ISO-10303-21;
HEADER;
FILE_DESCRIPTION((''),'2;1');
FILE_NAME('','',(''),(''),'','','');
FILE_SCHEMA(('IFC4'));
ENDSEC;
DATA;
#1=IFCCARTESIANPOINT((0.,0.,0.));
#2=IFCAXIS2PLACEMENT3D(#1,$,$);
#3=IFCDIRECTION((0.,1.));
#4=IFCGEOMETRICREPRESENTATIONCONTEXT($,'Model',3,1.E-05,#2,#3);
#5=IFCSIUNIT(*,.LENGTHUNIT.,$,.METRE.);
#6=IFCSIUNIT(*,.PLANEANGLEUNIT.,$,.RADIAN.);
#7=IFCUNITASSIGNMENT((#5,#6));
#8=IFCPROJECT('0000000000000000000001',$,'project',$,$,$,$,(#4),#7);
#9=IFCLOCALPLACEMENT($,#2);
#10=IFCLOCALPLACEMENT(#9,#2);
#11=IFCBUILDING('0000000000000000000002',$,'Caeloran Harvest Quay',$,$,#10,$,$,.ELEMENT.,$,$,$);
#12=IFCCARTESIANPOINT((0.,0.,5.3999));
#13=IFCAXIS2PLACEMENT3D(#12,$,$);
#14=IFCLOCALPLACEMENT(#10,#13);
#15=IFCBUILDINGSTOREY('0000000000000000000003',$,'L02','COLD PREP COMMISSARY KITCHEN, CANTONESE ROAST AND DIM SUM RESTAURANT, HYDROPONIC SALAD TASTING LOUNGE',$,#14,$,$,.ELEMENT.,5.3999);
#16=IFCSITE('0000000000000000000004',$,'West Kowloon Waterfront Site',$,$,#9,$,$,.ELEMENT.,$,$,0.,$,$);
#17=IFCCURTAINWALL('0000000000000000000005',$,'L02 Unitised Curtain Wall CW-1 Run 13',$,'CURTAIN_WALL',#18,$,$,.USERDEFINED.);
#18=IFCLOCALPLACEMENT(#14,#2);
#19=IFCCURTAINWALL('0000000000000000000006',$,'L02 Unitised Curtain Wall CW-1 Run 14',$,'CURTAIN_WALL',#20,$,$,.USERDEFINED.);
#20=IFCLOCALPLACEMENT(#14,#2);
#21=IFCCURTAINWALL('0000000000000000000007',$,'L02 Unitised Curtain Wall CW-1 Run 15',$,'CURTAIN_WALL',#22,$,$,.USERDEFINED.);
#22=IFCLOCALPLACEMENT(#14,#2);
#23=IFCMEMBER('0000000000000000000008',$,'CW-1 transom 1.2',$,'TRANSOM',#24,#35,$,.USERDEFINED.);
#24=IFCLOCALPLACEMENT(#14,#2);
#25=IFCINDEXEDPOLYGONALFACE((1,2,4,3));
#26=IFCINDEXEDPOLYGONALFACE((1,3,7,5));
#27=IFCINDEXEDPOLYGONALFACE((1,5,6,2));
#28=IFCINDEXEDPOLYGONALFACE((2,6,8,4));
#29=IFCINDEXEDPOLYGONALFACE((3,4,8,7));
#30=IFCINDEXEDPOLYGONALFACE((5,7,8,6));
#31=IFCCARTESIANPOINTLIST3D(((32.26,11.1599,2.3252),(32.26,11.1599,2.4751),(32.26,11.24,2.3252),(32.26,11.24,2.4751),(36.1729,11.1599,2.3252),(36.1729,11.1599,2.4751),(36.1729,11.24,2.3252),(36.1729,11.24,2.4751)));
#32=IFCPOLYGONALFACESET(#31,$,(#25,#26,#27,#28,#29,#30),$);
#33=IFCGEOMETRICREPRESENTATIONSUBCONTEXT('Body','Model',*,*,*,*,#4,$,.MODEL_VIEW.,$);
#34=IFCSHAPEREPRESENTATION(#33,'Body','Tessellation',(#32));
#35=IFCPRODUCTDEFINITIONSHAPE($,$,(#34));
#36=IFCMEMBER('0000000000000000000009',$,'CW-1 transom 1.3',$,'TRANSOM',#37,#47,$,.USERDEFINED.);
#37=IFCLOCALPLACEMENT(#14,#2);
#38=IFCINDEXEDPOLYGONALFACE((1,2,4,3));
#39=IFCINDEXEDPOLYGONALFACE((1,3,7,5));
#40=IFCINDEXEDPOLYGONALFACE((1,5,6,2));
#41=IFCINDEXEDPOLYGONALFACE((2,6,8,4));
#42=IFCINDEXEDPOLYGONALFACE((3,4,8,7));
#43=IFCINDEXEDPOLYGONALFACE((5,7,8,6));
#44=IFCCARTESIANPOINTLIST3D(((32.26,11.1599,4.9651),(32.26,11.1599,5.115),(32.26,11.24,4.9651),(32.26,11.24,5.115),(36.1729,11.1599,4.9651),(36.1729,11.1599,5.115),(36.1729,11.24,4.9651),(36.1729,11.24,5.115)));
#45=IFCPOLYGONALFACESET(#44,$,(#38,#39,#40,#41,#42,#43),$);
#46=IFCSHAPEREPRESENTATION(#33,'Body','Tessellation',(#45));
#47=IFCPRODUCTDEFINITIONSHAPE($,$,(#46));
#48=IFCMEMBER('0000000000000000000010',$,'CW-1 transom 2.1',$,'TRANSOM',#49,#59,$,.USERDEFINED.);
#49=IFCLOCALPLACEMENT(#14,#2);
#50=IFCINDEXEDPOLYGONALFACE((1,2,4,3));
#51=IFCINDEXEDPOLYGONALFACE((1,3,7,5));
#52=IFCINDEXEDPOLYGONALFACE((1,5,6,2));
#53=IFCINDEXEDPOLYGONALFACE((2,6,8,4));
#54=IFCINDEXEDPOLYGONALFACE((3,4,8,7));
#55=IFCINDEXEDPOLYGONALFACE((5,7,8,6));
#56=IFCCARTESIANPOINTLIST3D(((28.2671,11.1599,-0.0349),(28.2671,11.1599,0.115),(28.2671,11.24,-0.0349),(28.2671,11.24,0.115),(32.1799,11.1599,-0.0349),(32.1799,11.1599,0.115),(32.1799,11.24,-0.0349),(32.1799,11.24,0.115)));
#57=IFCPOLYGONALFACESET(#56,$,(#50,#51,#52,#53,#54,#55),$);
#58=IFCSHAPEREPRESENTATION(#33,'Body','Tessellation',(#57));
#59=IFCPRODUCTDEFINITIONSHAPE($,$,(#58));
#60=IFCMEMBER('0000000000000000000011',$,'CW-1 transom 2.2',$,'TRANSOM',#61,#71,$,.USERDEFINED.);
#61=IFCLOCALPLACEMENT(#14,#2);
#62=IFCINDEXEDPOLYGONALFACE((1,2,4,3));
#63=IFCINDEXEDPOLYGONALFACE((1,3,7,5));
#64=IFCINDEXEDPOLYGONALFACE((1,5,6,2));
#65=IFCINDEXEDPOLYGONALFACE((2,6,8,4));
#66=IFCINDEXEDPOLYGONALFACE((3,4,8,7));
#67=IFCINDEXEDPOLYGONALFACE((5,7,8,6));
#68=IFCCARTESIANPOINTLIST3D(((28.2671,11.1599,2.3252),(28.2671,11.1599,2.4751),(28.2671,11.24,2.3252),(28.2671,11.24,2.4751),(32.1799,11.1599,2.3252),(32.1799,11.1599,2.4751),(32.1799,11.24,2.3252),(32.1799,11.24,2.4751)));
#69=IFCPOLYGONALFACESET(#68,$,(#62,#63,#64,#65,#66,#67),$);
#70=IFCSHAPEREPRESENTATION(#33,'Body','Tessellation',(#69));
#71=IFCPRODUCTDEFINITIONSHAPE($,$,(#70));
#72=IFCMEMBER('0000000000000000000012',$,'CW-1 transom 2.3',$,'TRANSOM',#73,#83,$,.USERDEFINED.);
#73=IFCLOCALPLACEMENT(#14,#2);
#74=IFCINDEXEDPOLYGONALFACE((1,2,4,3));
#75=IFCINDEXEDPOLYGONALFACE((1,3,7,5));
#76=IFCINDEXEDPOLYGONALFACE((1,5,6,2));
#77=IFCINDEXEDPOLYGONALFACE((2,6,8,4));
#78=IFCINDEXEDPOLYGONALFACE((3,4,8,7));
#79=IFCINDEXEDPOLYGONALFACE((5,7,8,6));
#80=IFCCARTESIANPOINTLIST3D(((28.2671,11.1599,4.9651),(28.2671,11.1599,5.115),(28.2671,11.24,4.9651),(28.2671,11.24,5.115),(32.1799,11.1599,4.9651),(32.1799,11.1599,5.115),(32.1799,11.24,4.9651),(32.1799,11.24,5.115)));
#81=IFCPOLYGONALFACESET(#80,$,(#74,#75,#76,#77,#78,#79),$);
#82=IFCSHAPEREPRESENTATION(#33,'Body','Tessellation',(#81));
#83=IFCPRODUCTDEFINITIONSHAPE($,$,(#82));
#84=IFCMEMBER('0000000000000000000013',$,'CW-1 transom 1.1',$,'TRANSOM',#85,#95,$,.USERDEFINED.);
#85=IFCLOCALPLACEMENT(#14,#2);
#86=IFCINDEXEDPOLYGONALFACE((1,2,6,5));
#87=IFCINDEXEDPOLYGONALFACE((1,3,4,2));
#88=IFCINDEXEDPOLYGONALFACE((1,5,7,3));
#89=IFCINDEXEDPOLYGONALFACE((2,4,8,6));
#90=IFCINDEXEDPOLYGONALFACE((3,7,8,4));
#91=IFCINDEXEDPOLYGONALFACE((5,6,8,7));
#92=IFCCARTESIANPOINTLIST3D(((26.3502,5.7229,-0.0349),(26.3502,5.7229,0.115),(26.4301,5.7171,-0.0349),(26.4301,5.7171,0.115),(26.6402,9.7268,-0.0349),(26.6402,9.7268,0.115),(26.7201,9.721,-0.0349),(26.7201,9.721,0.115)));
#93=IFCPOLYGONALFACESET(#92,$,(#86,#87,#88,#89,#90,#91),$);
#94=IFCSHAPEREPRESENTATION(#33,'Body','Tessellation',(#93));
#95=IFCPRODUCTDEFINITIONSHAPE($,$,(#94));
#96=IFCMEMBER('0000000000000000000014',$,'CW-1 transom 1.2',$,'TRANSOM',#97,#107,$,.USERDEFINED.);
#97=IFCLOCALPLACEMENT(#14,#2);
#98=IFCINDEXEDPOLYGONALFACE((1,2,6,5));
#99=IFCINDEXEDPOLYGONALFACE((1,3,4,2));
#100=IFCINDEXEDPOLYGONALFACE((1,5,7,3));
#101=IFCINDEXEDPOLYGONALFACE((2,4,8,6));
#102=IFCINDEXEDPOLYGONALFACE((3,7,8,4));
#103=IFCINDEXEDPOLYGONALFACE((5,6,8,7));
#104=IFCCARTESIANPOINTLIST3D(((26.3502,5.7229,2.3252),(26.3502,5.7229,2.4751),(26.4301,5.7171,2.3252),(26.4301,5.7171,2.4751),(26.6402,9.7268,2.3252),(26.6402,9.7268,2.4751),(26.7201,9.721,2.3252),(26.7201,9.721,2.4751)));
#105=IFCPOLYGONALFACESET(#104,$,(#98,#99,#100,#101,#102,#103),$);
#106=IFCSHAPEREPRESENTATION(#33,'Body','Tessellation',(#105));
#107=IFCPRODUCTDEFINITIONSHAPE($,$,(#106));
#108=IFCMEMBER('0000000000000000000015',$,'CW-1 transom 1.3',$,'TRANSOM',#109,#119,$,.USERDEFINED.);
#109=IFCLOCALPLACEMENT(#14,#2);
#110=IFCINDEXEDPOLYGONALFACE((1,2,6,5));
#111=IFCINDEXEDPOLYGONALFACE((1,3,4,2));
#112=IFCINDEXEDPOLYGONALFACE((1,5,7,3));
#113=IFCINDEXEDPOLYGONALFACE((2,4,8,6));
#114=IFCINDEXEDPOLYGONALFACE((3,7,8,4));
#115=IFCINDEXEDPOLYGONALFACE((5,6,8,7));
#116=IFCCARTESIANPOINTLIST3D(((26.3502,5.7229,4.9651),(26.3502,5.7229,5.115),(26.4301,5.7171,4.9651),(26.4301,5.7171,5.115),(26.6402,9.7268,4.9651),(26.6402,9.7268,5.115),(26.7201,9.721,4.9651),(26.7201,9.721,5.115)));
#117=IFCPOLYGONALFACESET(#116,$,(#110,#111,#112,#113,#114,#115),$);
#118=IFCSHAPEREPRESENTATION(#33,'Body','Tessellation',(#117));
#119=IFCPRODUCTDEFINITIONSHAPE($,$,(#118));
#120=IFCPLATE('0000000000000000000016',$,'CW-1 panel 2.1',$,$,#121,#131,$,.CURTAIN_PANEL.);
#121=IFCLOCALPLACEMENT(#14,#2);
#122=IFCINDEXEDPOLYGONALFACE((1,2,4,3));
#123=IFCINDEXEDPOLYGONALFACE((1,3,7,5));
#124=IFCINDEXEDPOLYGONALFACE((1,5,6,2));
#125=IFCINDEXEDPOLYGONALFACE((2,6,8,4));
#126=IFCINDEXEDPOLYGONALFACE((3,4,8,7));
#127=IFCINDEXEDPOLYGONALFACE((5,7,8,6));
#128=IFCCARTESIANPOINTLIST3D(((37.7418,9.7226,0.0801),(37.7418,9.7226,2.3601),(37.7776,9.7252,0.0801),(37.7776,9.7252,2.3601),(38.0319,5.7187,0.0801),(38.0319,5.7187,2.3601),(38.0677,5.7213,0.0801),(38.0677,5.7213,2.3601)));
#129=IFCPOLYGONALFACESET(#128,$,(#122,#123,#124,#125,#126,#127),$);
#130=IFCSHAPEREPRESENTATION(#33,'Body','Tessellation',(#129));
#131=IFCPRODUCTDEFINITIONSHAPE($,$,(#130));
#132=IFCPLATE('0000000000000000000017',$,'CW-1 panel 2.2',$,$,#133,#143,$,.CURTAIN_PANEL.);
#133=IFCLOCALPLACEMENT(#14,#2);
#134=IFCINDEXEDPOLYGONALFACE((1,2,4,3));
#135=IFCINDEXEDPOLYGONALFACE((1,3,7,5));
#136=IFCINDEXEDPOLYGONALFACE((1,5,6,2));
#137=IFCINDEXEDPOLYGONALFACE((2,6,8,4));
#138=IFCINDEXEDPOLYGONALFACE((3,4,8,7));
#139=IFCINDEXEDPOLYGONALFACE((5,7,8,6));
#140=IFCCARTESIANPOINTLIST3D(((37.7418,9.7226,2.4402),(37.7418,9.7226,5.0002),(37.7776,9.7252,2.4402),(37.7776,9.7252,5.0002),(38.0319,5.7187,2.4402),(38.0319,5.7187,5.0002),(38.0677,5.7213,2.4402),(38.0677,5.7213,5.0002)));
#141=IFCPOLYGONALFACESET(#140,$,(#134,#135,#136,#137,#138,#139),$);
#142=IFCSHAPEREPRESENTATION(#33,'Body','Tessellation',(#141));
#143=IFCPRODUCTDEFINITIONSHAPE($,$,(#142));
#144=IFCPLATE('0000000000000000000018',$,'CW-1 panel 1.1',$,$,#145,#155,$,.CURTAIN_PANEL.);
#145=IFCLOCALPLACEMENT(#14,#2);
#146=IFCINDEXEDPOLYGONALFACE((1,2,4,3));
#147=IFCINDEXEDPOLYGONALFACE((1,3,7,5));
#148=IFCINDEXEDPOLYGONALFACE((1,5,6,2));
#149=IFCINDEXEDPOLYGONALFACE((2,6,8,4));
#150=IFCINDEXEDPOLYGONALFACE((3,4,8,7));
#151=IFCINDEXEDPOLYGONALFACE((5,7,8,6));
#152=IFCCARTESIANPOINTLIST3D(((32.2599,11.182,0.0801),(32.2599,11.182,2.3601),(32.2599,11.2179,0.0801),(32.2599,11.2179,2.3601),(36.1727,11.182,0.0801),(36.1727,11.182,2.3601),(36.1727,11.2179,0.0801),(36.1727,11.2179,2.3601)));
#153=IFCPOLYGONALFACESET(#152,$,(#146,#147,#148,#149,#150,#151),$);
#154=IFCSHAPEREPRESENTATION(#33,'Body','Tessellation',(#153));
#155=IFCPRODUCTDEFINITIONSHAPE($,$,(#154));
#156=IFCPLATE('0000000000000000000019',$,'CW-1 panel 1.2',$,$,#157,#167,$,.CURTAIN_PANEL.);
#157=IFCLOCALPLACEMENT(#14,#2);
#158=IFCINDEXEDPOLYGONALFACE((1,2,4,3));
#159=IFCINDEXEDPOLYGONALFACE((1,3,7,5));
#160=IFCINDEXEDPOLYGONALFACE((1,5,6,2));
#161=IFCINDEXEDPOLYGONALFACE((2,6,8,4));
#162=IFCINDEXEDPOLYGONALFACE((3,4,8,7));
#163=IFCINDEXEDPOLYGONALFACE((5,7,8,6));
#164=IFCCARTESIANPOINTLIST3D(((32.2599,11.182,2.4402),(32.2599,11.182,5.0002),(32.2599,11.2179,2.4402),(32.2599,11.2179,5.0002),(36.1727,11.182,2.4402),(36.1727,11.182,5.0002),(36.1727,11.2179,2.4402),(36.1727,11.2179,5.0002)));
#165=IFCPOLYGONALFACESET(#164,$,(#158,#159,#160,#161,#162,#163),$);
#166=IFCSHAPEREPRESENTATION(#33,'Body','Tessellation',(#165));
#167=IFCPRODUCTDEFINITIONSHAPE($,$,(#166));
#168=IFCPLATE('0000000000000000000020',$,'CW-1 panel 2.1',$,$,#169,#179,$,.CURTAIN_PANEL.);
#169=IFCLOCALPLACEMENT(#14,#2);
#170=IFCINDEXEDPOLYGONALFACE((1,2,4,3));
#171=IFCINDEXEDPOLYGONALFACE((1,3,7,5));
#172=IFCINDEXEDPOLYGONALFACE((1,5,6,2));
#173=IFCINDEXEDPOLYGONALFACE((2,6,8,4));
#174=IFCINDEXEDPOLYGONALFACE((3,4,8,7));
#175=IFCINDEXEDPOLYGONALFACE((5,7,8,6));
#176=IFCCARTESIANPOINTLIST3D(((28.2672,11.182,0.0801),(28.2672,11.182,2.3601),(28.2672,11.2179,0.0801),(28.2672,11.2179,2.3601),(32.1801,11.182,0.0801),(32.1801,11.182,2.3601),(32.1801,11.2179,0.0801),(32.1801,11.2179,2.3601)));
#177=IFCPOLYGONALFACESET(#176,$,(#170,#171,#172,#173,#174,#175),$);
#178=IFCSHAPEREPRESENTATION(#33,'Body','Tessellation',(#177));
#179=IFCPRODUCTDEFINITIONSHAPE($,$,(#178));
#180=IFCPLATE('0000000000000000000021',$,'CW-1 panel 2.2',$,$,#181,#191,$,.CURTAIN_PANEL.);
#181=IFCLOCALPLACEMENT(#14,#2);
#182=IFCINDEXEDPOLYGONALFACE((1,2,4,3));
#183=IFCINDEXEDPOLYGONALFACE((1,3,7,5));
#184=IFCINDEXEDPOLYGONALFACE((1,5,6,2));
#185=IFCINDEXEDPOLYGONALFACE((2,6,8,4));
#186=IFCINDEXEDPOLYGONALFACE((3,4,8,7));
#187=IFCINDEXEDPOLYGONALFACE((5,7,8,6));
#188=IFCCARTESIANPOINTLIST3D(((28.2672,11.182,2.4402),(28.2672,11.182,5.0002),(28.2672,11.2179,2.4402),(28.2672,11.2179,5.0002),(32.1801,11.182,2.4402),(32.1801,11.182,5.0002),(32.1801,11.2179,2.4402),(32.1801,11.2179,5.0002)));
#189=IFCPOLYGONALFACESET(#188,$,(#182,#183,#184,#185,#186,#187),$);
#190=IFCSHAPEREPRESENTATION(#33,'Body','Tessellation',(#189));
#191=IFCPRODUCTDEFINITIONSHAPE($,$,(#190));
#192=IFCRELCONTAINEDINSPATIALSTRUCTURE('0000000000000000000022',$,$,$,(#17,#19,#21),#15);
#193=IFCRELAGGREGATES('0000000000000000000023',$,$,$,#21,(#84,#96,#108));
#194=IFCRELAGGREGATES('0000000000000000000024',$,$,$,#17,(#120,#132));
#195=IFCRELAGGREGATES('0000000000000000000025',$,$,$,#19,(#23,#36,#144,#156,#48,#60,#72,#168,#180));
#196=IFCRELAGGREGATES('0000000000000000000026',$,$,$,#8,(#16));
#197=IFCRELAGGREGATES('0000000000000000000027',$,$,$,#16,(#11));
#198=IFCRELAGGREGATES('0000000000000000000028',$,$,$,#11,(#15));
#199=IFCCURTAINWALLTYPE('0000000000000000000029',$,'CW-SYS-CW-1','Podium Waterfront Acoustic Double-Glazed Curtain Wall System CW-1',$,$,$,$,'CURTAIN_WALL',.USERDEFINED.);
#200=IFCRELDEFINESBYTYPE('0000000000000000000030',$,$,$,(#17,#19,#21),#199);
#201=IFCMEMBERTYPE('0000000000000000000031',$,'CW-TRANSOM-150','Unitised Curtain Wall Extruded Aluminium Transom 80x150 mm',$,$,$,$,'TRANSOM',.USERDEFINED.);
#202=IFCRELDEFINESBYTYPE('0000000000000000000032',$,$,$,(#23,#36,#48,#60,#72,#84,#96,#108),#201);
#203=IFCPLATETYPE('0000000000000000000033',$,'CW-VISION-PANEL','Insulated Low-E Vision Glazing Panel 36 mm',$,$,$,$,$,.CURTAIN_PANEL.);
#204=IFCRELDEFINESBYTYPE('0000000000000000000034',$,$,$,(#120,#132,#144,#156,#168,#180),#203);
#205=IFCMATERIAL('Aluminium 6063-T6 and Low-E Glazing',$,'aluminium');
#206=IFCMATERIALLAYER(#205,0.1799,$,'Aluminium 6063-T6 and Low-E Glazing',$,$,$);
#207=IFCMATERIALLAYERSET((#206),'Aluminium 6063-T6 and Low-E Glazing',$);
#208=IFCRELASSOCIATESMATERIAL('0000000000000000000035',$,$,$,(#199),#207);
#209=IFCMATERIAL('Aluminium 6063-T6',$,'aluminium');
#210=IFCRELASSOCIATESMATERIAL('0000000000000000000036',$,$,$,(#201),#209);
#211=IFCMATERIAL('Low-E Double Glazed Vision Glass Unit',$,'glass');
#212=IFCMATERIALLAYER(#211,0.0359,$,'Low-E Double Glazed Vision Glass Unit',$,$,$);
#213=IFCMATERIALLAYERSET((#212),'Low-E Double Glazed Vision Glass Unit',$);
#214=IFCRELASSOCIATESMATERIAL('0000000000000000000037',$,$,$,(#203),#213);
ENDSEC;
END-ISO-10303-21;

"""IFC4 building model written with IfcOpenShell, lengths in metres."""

from ifc_helpers import new_model, si_unit, direction, frame, origin, origin_2d, place, context, subcontext, project, spatial, rectangle, extrude, material, layer, layer_set, material_profile, profile_set, type_object, element, aggregate, save


model = new_model("IFC4")

# Units and contexts
model_context = context("Model", 3, precision=1e-05, world=origin(), true_north=direction((0.0, 1.0)))
body_context = subcontext(model_context, "Body", "Model", "MODEL_VIEW")
ifc_project = project(units=[si_unit("LENGTHUNIT", "METRE"), si_unit("PLANEANGLEUNIT", "RADIAN")], contexts=[model_context])

# Site, building, storey
site_placement = place(None, origin())
site = spatial("IfcSite", under=ifc_project, at=site_placement, Name="West Kowloon Waterfront Site", CompositionType="ELEMENT", RefElevation=0.0)
building_placement = place(site_placement, origin())
building = spatial("IfcBuilding", under=site, at=building_placement, Name="Caeloran Harvest Quay", CompositionType="ELEMENT")
storey_placement = place(building_placement, frame((0.0, 0.0, 5.3999)))
storey = spatial("IfcBuildingStorey", under=building, at=storey_placement, Name="L02", Description="COLD PREP COMMISSARY KITCHEN, CANTONESE ROAST AND DIM SUM RESTAURANT, HYDROPONIC SALAD TASTING LOUNGE", CompositionType="ELEMENT", Elevation=5.3999)

# Curtain wall
ifc_material_1 = material(Name="Aluminium 6063-T6 and Low-E Glazing", Category="aluminium")
ifc_layer_1 = layer(ifc_material_1, 0.1799, Name="Aluminium 6063-T6 and Low-E Glazing")
ifc_layer_set_1 = layer_set([ifc_layer_1], Name="Aluminium 6063-T6 and Low-E Glazing")
curtain_wall_type = type_object("IfcCurtainWallType", Name="CW-SYS-CW-1", Description="Podium Waterfront Acoustic Double-Glazed Curtain Wall System CW-1", ElementType="CURTAIN_WALL", PredefinedType="USERDEFINED", material=ifc_layer_set_1)
curtain_wall_1_placement = place(storey_placement, origin())
curtain_wall_1 = element("IfcCurtainWall", 1, at=curtain_wall_1_placement, inside=storey, type_object=curtain_wall_type, Name="L02 Unitised Curtain Wall CW-1 Run 13", ObjectType="CURTAIN_WALL", PredefinedType="USERDEFINED")
ifc_material_2 = material(Name="Aluminium 6063-T6", Category="aluminium")

# Curtain wall
curtain_wall_2_placement = place(storey_placement, origin())
curtain_wall_2 = element("IfcCurtainWall", 2, at=curtain_wall_2_placement, inside=storey, type_object=curtain_wall_type, Name="L02 Unitised Curtain Wall CW-1 Run 14", ObjectType="CURTAIN_WALL", PredefinedType="USERDEFINED")

# Curtain wall
curtain_wall_3_placement = place(storey_placement, origin())
curtain_wall_3 = element("IfcCurtainWall", 3, at=curtain_wall_3_placement, inside=storey, type_object=curtain_wall_type, Name="L02 Unitised Curtain Wall CW-1 Run 15", ObjectType="CURTAIN_WALL", PredefinedType="USERDEFINED")

# Members
ifc_material_profile_1 = material_profile(ifc_material_2, rectangle(XDim=0.0801, YDim=0.1499, at=origin_2d()), Name="CW-TRANSOM-150")
ifc_profile_set_1 = profile_set([ifc_material_profile_1], Name="Aluminium 6063-T6")
member_type_1 = type_object("IfcMemberType", Name="CW-TRANSOM-150", Description="Unitised Curtain Wall Extruded Aluminium Transom 80x150 mm", ElementType="TRANSOM", PredefinedType="USERDEFINED", material=ifc_profile_set_1)
member_1_placement = place(storey_placement, frame((36.1729, 11.2, 2.4001), z_axis=(-1.0, 0.0, 0.0), x_axis=(0.0, -1.0, 0.0)))
member_1 = element("IfcMember", 4, at=member_1_placement, type_object=member_type_1, Name="CW-1 transom 1.2", ObjectType="TRANSOM", PredefinedType="USERDEFINED", context=body_context, shape_type="SweptSolid", body=[
    extrude(rectangle(XDim=0.0801, YDim=0.1499, at=origin_2d()), origin(), (0.0, 0.0, 1.0), 3.9128),
])
member_2_placement = place(storey_placement, frame((36.1729, 11.2, 5.04), z_axis=(-1.0, 0.0, 0.0), x_axis=(0.0, -1.0, 0.0)))
member_2 = element("IfcMember", 5, at=member_2_placement, type_object=member_type_1, Name="CW-1 transom 1.3", ObjectType="TRANSOM", PredefinedType="USERDEFINED", context=body_context, shape_type="SweptSolid", body=[
    extrude(rectangle(XDim=0.0801, YDim=0.1499, at=origin_2d()), origin(), (0.0, 0.0, 1.0), 3.9128),
])
member_3_placement = place(storey_placement, frame((32.1799, 11.2, 0.04), z_axis=(-1.0, 0.0, 0.0), x_axis=(0.0, -1.0, 0.0)))
member_3 = element("IfcMember", 6, at=member_3_placement, type_object=member_type_1, Name="CW-1 transom 2.1", ObjectType="TRANSOM", PredefinedType="USERDEFINED", context=body_context, shape_type="SweptSolid", body=[
    extrude(rectangle(XDim=0.0801, YDim=0.1499, at=origin_2d()), origin(), (0.0, 0.0, 1.0), 3.9128),
])
member_4_placement = place(storey_placement, frame((32.1799, 11.2, 2.4001), z_axis=(-1.0, 0.0, 0.0), x_axis=(0.0, -1.0, 0.0)))
member_4 = element("IfcMember", 7, at=member_4_placement, type_object=member_type_1, Name="CW-1 transom 2.2", ObjectType="TRANSOM", PredefinedType="USERDEFINED", context=body_context, shape_type="SweptSolid", body=[
    extrude(rectangle(XDim=0.0801, YDim=0.1499, at=origin_2d()), origin(), (0.0, 0.0, 1.0), 3.9128),
])
member_5_placement = place(storey_placement, frame((32.1799, 11.2, 5.04), z_axis=(-1.0, 0.0, 0.0), x_axis=(0.0, -1.0, 0.0)))
member_5 = element("IfcMember", 8, at=member_5_placement, type_object=member_type_1, Name="CW-1 transom 2.3", ObjectType="TRANSOM", PredefinedType="USERDEFINED", context=body_context, shape_type="SweptSolid", body=[
    extrude(rectangle(XDim=0.0801, YDim=0.1499, at=origin_2d()), origin(), (0.0, 0.0, 1.0), 3.9128),
])
member_6_placement = place(storey_placement, frame((26.6802, 9.7239, 0.04), z_axis=(-0.07225, -0.997387, 0.0), x_axis=(0.997387, -0.07225, 0.0)))
member_6 = element("IfcMember", 9, at=member_6_placement, type_object=member_type_1, Name="CW-1 transom 1.1", ObjectType="TRANSOM", PredefinedType="USERDEFINED", context=body_context, shape_type="SweptSolid", body=[
    extrude(rectangle(XDim=0.0801, YDim=0.1499, at=origin_2d()), origin(), (0.0, 0.0, 1.0), 4.0144),
])
member_7_placement = place(storey_placement, frame((26.6802, 9.7239, 2.4001), z_axis=(-0.07225, -0.997387, 0.0), x_axis=(0.997387, -0.07225, 0.0)))
member_7 = element("IfcMember", 10, at=member_7_placement, type_object=member_type_1, Name="CW-1 transom 1.2", ObjectType="TRANSOM", PredefinedType="USERDEFINED", context=body_context, shape_type="SweptSolid", body=[
    extrude(rectangle(XDim=0.0801, YDim=0.1499, at=origin_2d()), origin(), (0.0, 0.0, 1.0), 4.0144),
])
member_8_placement = place(storey_placement, frame((26.6802, 9.7239, 5.04), z_axis=(-0.07225, -0.997387, 0.0), x_axis=(0.997387, -0.07225, 0.0)))
member_8 = element("IfcMember", 11, at=member_8_placement, type_object=member_type_1, Name="CW-1 transom 1.3", ObjectType="TRANSOM", PredefinedType="USERDEFINED", context=body_context, shape_type="SweptSolid", body=[
    extrude(rectangle(XDim=0.0801, YDim=0.1499, at=origin_2d()), origin(), (0.0, 0.0, 1.0), 4.0144),
])
aggregate(curtain_wall_3, [member_6, member_7, member_8])

# Plates
ifc_material_3 = material(Name="Low-E Double Glazed Vision Glass Unit", Category="glass")
ifc_layer_2 = layer(ifc_material_3, 0.0359, Name="Low-E Double Glazed Vision Glass Unit")
ifc_layer_set_2 = layer_set([ifc_layer_2], Name="Low-E Double Glazed Vision Glass Unit")
plate_type = type_object("IfcPlateType", Name="CW-VISION-PANEL", Description="Insulated Low-E Vision Glazing Panel 36 mm", PredefinedType="CURTAIN_PANEL", material=ifc_layer_set_2)
plate_1_placement = place(storey_placement, frame((37.9048, 7.7219, 0.0801), z_axis=(0.0, 0.0, 1.0), x_axis=(-0.072271, 0.997385, 0.0)))
plate_1 = element("IfcPlate", 12, at=plate_1_placement, type_object=plate_type, Name="CW-1 panel 2.1", PredefinedType="CURTAIN_PANEL", context=body_context, shape_type="SweptSolid", body=[
    extrude(rectangle(XDim=4.0144, YDim=0.0359, at=origin_2d()), origin(), (0.0, 0.0, 1.0), 2.28),
])
plate_2_placement = place(storey_placement, frame((37.9048, 7.7219, 2.4402), z_axis=(0.0, 0.0, 1.0), x_axis=(-0.072271, 0.997385, 0.0)))
plate_2 = element("IfcPlate", 13, at=plate_2_placement, type_object=plate_type, Name="CW-1 panel 2.2", PredefinedType="CURTAIN_PANEL", context=body_context, shape_type="SweptSolid", body=[
    extrude(rectangle(XDim=4.0144, YDim=0.0359, at=origin_2d()), origin(), (0.0, 0.0, 1.0), 2.5601),
])
aggregate(curtain_wall_1, [plate_1, plate_2])
plate_3_placement = place(storey_placement, frame((34.2163, 11.2, 0.0801), z_axis=(0.0, 0.0, 1.0), x_axis=(-1.0, 0.0, 0.0)))
plate_3 = element("IfcPlate", 14, at=plate_3_placement, type_object=plate_type, Name="CW-1 panel 1.1", PredefinedType="CURTAIN_PANEL", context=body_context, shape_type="SweptSolid", body=[
    extrude(rectangle(XDim=3.9128, YDim=0.0359, at=origin_2d()), origin(), (0.0, 0.0, 1.0), 2.28),
])
plate_4_placement = place(storey_placement, frame((34.2163, 11.2, 2.4402), z_axis=(0.0, 0.0, 1.0), x_axis=(-1.0, 0.0, 0.0)))
plate_4 = element("IfcPlate", 15, at=plate_4_placement, type_object=plate_type, Name="CW-1 panel 1.2", PredefinedType="CURTAIN_PANEL", context=body_context, shape_type="SweptSolid", body=[
    extrude(rectangle(XDim=3.9128, YDim=0.0359, at=origin_2d()), origin(), (0.0, 0.0, 1.0), 2.5601),
])
plate_5_placement = place(storey_placement, frame((30.2236, 11.2, 0.0801), z_axis=(0.0, 0.0, 1.0), x_axis=(-1.0, 0.0, 0.0)))
plate_5 = element("IfcPlate", 16, at=plate_5_placement, type_object=plate_type, Name="CW-1 panel 2.1", PredefinedType="CURTAIN_PANEL", context=body_context, shape_type="SweptSolid", body=[
    extrude(rectangle(XDim=3.9128, YDim=0.0359, at=origin_2d()), origin(), (0.0, 0.0, 1.0), 2.28),
])
plate_6_placement = place(storey_placement, frame((30.2236, 11.2, 2.4402), z_axis=(0.0, 0.0, 1.0), x_axis=(-1.0, 0.0, 0.0)))
plate_6 = element("IfcPlate", 17, at=plate_6_placement, type_object=plate_type, Name="CW-1 panel 2.2", PredefinedType="CURTAIN_PANEL", context=body_context, shape_type="SweptSolid", body=[
    extrude(rectangle(XDim=3.9128, YDim=0.0359, at=origin_2d()), origin(), (0.0, 0.0, 1.0), 2.5601),
])
aggregate(curtain_wall_2, [member_1, member_2, plate_3, plate_4, member_3, member_4, member_5, plate_5, plate_6])

save(model, "model.ifc")
